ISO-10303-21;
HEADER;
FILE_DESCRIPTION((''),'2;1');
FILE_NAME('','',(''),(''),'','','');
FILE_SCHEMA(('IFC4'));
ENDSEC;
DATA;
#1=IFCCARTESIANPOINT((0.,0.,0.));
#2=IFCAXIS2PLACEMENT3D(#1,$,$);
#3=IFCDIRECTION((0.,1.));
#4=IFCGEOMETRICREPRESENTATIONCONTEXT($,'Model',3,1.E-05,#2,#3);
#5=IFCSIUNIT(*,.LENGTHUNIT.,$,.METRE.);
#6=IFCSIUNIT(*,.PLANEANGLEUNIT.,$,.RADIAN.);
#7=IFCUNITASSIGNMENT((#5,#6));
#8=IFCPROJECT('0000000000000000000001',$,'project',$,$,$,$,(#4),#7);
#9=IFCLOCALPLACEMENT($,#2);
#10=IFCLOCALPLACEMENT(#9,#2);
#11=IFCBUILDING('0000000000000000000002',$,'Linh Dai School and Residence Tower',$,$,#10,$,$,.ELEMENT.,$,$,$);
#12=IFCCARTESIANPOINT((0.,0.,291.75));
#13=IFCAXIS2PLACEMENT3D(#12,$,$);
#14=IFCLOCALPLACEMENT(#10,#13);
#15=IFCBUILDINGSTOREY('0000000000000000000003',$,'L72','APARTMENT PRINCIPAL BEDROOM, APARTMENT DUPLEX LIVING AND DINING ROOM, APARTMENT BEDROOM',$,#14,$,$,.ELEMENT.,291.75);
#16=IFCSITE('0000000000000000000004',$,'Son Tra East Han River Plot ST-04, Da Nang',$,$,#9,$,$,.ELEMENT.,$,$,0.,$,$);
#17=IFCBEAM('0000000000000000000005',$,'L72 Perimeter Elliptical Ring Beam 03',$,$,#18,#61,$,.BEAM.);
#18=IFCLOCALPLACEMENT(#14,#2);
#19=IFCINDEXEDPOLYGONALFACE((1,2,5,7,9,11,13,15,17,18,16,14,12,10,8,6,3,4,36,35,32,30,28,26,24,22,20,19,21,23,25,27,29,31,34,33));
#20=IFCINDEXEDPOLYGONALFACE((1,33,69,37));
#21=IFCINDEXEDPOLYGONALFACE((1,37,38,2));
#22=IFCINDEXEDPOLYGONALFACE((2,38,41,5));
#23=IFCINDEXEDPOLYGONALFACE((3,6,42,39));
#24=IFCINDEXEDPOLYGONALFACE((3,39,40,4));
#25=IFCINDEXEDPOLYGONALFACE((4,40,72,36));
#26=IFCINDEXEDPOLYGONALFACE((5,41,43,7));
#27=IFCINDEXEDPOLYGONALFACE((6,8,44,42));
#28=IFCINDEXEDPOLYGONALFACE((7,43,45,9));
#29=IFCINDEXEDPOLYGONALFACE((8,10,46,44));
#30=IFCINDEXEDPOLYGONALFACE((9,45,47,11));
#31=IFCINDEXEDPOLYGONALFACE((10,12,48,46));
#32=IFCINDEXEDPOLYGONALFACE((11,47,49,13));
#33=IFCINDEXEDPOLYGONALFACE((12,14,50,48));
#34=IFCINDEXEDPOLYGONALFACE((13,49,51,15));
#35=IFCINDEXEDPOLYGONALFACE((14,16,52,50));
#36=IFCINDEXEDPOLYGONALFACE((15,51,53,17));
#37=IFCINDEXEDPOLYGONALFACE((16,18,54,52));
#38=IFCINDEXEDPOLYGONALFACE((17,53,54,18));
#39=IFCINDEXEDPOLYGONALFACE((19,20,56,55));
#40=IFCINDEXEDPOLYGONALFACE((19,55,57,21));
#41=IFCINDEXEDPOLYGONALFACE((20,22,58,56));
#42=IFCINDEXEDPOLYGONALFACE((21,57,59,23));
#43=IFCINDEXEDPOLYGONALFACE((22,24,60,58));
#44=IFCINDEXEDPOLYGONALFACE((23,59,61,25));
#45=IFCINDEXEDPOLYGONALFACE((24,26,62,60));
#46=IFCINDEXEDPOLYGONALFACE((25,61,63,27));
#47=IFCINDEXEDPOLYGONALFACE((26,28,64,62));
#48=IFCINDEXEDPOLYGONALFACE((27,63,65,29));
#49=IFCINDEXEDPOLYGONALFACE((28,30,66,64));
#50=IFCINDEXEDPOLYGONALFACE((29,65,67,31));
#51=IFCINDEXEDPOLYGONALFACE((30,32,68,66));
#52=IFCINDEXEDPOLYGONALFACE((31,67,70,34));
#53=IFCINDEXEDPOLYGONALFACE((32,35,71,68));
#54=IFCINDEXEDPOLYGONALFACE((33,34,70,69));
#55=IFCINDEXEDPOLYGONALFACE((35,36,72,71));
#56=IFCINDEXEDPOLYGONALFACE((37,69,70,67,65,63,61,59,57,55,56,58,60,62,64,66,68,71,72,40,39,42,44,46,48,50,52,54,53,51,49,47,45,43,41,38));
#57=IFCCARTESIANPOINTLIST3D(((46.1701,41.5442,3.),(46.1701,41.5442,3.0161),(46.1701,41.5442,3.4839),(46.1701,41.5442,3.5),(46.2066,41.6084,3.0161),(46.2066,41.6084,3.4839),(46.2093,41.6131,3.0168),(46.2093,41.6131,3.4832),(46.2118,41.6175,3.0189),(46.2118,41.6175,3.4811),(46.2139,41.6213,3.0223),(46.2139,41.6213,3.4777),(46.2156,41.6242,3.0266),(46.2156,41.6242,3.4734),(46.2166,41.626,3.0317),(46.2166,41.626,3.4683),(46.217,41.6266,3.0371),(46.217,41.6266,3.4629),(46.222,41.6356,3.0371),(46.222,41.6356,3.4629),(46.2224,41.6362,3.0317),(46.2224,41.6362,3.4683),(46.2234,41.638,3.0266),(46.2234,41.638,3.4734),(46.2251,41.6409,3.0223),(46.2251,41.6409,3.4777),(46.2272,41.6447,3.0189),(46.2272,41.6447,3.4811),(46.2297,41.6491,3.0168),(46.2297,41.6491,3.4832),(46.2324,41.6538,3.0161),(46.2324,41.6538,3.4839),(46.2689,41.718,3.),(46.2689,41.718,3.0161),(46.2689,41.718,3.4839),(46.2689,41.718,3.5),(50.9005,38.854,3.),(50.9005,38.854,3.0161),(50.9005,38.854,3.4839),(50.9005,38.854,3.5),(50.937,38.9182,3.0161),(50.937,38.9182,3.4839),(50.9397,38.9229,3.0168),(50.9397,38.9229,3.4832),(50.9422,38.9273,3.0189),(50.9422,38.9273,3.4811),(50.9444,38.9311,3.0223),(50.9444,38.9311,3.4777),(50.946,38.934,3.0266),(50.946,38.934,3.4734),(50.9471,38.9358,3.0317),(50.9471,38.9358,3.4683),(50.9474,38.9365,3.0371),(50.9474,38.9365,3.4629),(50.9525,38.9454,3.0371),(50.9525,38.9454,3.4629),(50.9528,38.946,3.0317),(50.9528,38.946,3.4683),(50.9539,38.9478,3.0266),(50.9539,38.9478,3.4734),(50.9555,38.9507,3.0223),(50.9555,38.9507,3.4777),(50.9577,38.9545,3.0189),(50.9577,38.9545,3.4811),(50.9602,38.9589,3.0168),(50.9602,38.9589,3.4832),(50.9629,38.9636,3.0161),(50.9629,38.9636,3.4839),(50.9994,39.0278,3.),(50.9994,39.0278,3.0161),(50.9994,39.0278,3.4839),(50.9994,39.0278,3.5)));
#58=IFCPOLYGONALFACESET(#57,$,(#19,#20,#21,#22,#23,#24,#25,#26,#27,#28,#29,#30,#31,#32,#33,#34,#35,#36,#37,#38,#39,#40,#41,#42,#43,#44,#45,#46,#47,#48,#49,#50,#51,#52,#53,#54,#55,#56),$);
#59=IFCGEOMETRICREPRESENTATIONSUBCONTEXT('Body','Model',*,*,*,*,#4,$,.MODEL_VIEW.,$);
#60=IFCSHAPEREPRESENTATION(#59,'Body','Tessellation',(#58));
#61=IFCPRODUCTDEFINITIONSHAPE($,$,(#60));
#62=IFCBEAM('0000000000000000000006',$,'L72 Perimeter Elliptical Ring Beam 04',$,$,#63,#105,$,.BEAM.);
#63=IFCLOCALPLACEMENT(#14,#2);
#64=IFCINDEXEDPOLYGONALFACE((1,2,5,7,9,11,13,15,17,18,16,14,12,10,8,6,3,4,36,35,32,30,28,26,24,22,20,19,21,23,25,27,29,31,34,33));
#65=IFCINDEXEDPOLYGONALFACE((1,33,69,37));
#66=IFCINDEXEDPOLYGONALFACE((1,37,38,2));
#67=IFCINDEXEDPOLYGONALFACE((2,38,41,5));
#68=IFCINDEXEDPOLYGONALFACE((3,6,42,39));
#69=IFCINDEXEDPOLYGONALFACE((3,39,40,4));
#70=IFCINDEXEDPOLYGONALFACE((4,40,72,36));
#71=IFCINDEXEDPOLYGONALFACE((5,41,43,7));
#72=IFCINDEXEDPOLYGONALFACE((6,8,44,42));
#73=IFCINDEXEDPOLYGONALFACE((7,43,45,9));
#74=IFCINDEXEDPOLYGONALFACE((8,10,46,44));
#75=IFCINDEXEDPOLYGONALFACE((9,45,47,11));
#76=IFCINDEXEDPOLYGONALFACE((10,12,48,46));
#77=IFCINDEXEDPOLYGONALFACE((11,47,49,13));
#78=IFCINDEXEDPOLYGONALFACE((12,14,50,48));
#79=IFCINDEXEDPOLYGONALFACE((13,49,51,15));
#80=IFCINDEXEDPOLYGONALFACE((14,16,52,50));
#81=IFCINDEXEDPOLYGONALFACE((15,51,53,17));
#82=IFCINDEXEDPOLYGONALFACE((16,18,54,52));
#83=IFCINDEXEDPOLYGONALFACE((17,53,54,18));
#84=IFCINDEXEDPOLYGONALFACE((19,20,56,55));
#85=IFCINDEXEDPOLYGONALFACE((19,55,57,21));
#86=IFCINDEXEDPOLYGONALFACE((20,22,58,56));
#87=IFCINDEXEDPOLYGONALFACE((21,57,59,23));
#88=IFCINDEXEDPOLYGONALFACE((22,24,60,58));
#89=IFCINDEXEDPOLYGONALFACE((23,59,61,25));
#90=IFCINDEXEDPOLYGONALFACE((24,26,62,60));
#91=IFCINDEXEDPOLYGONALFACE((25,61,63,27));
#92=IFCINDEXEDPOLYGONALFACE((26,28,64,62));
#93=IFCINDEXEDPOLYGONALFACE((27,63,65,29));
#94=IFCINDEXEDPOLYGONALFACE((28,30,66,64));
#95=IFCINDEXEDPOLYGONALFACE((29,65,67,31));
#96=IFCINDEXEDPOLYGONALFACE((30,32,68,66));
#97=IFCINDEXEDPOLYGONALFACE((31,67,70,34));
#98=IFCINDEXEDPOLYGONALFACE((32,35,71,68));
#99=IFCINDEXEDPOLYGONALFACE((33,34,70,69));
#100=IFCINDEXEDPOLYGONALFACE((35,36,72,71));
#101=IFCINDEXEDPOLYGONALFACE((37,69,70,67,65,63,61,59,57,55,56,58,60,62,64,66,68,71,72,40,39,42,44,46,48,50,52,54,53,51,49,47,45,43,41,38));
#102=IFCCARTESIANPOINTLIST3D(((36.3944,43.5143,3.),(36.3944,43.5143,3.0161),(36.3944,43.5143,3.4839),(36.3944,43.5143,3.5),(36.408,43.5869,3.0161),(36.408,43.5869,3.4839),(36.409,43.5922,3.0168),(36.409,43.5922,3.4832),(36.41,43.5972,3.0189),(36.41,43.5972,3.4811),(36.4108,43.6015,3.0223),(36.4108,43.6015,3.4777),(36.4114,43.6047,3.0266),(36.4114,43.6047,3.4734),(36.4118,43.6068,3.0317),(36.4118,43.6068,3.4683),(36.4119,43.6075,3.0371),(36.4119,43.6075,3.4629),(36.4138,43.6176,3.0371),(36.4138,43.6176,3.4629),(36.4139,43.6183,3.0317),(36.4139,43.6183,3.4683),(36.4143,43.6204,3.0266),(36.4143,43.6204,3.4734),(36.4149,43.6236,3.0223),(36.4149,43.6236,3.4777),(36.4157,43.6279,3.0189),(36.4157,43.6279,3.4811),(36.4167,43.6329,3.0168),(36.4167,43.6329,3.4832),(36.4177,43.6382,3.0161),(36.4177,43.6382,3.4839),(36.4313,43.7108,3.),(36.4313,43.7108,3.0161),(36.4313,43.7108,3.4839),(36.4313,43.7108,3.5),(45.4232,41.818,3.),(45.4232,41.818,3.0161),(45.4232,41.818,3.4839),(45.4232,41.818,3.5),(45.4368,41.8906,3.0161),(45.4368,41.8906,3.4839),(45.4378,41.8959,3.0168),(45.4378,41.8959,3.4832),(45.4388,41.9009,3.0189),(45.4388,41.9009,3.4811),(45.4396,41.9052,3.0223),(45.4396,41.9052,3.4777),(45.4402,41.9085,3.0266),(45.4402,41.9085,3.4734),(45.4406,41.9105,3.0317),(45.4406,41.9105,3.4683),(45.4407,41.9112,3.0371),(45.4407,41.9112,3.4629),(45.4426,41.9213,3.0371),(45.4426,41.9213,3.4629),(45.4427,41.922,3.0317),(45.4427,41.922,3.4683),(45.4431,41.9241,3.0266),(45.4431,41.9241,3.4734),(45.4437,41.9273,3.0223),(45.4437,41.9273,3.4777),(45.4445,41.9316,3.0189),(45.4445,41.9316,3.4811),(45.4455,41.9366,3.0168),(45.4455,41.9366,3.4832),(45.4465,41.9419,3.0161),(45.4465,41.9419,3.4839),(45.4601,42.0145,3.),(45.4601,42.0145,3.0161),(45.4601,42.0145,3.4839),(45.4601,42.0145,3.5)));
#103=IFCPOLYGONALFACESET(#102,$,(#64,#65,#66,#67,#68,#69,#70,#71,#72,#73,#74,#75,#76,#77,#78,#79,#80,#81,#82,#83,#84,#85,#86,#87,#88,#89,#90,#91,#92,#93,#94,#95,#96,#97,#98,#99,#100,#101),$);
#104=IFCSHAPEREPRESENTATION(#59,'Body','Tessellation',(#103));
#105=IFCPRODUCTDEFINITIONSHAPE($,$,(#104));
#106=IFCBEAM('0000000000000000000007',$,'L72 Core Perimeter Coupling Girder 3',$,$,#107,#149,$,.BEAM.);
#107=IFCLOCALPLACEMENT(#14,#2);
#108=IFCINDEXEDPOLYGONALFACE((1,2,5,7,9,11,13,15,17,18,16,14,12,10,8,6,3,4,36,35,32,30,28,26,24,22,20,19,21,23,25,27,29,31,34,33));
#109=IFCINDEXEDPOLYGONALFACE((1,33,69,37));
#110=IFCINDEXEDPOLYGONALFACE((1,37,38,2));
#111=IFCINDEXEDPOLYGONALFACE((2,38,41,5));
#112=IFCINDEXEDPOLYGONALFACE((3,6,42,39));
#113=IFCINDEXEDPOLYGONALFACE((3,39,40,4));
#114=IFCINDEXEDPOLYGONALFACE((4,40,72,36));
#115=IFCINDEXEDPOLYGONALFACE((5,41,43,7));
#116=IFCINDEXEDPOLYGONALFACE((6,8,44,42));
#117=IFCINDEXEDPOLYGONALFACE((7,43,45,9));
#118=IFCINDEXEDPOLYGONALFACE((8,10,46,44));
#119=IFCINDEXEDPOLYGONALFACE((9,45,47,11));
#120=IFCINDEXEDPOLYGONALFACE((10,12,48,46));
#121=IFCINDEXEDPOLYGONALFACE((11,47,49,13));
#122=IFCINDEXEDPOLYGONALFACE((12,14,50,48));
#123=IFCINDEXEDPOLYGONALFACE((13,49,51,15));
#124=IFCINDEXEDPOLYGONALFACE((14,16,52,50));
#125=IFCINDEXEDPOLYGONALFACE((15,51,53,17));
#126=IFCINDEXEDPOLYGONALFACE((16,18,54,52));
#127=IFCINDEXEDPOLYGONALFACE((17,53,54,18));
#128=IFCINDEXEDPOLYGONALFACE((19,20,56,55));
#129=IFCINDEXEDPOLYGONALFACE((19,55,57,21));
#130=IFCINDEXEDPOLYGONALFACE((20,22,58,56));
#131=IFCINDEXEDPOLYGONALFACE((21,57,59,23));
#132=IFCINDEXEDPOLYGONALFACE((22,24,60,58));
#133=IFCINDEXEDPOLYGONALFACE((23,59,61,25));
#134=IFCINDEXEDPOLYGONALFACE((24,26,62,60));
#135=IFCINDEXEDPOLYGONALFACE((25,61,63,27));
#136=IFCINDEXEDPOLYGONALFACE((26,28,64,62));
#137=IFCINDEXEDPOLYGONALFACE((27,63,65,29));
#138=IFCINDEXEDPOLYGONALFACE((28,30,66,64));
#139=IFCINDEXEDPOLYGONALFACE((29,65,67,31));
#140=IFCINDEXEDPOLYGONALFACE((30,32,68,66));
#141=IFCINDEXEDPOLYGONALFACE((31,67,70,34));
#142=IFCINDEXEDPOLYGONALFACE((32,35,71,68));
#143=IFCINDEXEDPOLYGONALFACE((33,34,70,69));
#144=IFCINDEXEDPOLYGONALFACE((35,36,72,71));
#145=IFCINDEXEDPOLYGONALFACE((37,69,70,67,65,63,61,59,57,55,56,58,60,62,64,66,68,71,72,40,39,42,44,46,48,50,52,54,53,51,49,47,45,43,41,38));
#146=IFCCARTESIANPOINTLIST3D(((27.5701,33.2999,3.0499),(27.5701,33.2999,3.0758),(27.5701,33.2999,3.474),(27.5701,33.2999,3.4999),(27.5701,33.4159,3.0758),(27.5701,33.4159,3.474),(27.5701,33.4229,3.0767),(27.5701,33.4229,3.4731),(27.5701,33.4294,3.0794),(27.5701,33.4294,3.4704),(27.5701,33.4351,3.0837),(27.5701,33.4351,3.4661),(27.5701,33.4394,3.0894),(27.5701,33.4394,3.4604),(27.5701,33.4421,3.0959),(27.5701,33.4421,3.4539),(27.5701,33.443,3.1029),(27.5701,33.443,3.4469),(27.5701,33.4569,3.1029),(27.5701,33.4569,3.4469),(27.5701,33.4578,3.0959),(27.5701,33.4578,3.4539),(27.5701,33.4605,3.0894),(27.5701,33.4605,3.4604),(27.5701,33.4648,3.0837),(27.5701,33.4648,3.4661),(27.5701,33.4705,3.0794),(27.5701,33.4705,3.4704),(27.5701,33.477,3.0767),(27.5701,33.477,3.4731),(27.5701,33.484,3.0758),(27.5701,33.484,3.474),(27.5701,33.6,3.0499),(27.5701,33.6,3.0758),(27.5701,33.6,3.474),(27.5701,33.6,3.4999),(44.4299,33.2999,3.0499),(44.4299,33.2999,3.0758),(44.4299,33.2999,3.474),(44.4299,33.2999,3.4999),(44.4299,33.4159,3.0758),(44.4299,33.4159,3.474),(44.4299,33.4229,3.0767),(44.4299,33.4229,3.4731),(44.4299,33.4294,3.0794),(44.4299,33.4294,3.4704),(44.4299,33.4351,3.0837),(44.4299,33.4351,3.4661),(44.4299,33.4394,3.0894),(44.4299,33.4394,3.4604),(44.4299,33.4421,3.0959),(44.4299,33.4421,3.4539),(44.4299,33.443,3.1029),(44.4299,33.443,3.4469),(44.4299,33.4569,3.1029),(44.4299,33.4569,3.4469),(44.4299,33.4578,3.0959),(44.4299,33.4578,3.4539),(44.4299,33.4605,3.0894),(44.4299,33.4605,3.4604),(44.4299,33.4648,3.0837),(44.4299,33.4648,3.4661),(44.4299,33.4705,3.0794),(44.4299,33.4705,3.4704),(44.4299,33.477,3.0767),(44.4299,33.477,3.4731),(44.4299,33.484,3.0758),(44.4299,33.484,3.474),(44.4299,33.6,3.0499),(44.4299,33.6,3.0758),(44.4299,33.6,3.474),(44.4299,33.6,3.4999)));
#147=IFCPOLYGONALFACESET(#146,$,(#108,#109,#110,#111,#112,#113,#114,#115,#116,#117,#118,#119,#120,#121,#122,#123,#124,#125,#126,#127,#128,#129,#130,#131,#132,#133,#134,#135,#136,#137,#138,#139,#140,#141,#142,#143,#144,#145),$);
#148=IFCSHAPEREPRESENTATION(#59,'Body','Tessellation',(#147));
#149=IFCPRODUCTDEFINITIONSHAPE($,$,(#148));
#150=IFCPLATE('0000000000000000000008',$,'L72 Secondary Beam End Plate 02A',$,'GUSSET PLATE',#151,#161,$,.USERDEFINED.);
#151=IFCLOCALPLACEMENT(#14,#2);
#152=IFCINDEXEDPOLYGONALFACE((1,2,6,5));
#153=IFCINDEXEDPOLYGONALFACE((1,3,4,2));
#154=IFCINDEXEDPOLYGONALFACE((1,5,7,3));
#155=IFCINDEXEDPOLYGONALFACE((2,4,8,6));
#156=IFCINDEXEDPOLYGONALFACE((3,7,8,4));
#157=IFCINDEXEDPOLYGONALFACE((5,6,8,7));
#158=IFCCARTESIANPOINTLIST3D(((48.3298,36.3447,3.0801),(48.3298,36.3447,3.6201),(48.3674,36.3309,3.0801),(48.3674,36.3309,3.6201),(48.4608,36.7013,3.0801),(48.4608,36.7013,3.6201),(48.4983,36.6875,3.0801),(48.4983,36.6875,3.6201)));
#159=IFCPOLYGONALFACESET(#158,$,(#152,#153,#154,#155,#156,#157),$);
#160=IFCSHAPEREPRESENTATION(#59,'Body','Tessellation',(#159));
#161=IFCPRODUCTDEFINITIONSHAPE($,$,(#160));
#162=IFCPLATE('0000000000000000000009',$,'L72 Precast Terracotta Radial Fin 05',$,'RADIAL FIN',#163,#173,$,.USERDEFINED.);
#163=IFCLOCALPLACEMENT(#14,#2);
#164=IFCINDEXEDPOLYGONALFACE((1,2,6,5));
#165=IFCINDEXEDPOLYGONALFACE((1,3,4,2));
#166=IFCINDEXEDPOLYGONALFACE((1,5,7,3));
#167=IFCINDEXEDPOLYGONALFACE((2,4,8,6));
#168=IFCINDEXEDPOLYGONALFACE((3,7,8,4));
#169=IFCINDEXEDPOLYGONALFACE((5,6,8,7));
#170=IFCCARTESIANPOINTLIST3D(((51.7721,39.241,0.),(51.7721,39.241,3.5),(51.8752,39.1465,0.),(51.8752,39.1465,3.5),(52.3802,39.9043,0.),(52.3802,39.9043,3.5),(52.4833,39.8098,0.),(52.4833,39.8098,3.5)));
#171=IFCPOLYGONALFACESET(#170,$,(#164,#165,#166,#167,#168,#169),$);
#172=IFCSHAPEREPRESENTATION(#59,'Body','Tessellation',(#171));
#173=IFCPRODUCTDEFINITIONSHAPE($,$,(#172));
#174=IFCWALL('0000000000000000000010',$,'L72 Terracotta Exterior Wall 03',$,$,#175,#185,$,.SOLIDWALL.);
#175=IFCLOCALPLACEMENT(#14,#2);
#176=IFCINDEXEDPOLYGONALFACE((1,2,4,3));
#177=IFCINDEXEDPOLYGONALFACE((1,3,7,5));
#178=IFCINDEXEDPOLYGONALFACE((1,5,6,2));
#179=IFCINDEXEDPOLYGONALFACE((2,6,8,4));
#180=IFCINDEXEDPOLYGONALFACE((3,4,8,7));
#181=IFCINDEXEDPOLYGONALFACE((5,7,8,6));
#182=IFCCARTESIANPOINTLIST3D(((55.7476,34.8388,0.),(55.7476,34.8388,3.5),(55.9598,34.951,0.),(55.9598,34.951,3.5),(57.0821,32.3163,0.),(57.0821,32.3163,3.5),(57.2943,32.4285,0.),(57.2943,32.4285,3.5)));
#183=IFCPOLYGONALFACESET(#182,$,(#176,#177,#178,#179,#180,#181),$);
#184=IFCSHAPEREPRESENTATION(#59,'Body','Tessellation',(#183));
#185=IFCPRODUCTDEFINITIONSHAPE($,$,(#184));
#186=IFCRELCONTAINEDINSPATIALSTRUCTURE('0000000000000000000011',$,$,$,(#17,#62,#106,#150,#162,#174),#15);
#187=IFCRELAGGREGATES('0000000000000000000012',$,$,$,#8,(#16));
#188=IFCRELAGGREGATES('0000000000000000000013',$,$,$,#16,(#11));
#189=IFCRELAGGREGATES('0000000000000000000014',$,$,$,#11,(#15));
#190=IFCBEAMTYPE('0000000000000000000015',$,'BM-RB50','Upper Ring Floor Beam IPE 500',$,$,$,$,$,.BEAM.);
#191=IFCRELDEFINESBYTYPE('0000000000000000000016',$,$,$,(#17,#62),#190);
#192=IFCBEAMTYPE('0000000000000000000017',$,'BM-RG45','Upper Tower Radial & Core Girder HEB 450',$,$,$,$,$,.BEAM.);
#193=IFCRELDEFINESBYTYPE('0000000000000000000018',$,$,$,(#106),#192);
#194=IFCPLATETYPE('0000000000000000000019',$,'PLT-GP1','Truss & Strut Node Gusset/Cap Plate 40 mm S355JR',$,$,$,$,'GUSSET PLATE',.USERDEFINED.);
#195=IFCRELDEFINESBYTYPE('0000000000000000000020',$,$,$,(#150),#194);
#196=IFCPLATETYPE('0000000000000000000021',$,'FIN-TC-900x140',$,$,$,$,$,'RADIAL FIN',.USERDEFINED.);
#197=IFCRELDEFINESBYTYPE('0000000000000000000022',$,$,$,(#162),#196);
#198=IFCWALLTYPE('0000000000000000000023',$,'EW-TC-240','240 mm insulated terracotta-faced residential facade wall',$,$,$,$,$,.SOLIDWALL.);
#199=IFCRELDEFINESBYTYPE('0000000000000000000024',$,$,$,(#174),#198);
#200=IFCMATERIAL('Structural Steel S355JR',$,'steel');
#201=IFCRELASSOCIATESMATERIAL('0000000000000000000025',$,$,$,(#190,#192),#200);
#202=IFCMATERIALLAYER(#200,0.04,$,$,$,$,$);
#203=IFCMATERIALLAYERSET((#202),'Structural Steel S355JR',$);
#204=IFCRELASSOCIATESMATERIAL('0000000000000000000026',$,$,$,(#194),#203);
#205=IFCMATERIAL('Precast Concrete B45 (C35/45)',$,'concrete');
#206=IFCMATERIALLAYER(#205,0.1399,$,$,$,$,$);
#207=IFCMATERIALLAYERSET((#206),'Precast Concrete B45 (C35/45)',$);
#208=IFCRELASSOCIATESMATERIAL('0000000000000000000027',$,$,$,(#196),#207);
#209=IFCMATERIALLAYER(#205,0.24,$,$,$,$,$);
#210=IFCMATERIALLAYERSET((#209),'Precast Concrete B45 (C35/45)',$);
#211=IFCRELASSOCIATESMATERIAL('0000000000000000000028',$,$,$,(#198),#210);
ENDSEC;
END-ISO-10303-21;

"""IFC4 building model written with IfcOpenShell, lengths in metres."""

from ifc_helpers import new_model, si_unit, direction, frame, frame_2d, origin, origin_2d, place, context, subcontext, project, spatial, rectangle, i_section, extrude, source, transform, mapped, material, layer, layer_set, material_profile, profile_set, type_object, element, save


model = new_model("IFC4")

# Units and contexts
model_context = context("Model", 3, precision=1e-05, world=origin(), true_north=direction((0.0, 1.0)))
body_context = subcontext(model_context, "Body", "Model", "MODEL_VIEW")
ifc_project = project(units=[si_unit("LENGTHUNIT", "METRE"), si_unit("PLANEANGLEUNIT", "RADIAN")], contexts=[model_context])

# Site, building, storey
site_placement = place(None, origin())
site = spatial("IfcSite", under=ifc_project, at=site_placement, Name="Son Tra East Han River Plot ST-04, Da Nang", CompositionType="ELEMENT", RefElevation=0.0)
building_placement = place(site_placement, origin())
building = spatial("IfcBuilding", under=site, at=building_placement, Name="Linh Dai School and Residence Tower", CompositionType="ELEMENT")
storey_placement = place(building_placement, frame((0.0, 0.0, 291.75)))
storey = spatial("IfcBuildingStorey", under=building, at=storey_placement, Name="L72", Description="APARTMENT PRINCIPAL BEDROOM, APARTMENT DUPLEX LIVING AND DINING ROOM, APARTMENT BEDROOM", CompositionType="ELEMENT", Elevation=291.75)

# Shared definitions
ifc_material_1 = material(Name="Structural Steel S355JR", Category="steel")

# Beams
ifc_material_profile_1 = material_profile(ifc_material_1, i_section(OverallWidth=0.2, OverallDepth=0.5, WebThickness=0.0103, FlangeThickness=0.0161, FilletRadius=0.021, at=origin_2d()), Name="IPE 500")
ifc_profile_set_1 = profile_set([ifc_material_profile_1], Name="Structural Steel S355JR")
beam_type_1 = type_object("IfcBeamType", Name="BM-RB50", Description="Upper Ring Floor Beam IPE 500", PredefinedType="BEAM", material=ifc_profile_set_1)
beam_1_placement = place(storey_placement, frame((50.95, 38.9409, 3.25), z_axis=(-0.869266, 0.494345, 0.0), x_axis=(-0.494345, -0.869266, 0.0)))
element("IfcBeam", 1, at=beam_1_placement, inside=storey, type_object=beam_type_1, Name="L72 Perimeter Elliptical Ring Beam 03", PredefinedType="BEAM", context=body_context, shape_type="SweptSolid", body=[
    extrude(i_section(OverallWidth=0.2, OverallDepth=0.5, WebThickness=0.0103, FlangeThickness=0.0161, FilletRadius=0.021, at=origin_2d()), origin(), (0.0, 0.0, 1.0), 5.4419),
])
beam_2_placement = place(storey_placement, frame((45.4417, 41.9163, 3.25), z_axis=(-0.982805, 0.184645, 0.0), x_axis=(-0.184645, -0.982805, 0.0)))
element("IfcBeam", 2, at=beam_2_placement, inside=storey, type_object=beam_type_1, Name="L72 Perimeter Elliptical Ring Beam 04", PredefinedType="BEAM", context=body_context, shape_type="SweptSolid", body=[
    extrude(i_section(OverallWidth=0.2, OverallDepth=0.5, WebThickness=0.0103, FlangeThickness=0.0161, FilletRadius=0.021, at=origin_2d()), origin(), (0.0, 0.0, 1.0), 9.1868),
])
ifc_material_profile_2 = material_profile(ifc_material_1, i_section(OverallWidth=0.3, OverallDepth=0.45, WebThickness=0.0139, FlangeThickness=0.0259, FilletRadius=0.0271, at=origin_2d()), Name="HEB 450")
ifc_profile_set_2 = profile_set([ifc_material_profile_2], Name="Structural Steel S355JR")
beam_type_2 = type_object("IfcBeamType", Name="BM-RG45", Description="Upper Tower Radial & Core Girder HEB 450", PredefinedType="BEAM", material=ifc_profile_set_2)
beam_3_placement = place(storey_placement, frame((44.4299, 33.45, 3.2749), z_axis=(-1.0, 0.0, 0.0), x_axis=(0.0, -1.0, 0.0)))
element("IfcBeam", 3, at=beam_3_placement, inside=storey, type_object=beam_type_2, Name="L72 Core Perimeter Coupling Girder 3", PredefinedType="BEAM", context=body_context, shape_type="SweptSolid", body=[
    extrude(i_section(OverallWidth=0.3, OverallDepth=0.45, WebThickness=0.0139, FlangeThickness=0.0259, FilletRadius=0.0271, at=origin_2d()), origin(), (0.0, 0.0, 1.0), 16.8599),
])

# Plates
ifc_layer_1 = layer(ifc_material_1, 0.04)
ifc_layer_set_1 = layer_set([ifc_layer_1], Name="Structural Steel S355JR")
plate_type_1 = type_object("IfcPlateType", Name="PLT-GP1", Description="Truss & Strut Node Gusset/Cap Plate 40 mm S355JR", ElementType="GUSSET PLATE", PredefinedType="USERDEFINED", material=ifc_layer_set_1)
shared_shape_1 = source(origin(), body_context, "Body", "SweptSolid", [
    extrude(rectangle(XDim=0.04, YDim=0.3799, at=origin_2d()), origin(), (0.0, 0.0, 1.0), 0.54),
])
plate_1_placement = place(storey_placement, frame((48.4141, 36.5161, 3.0801), z_axis=(0.0, 0.0, 1.0), x_axis=(-0.938695, 0.344748, 0.0)))
element("IfcPlate", 4, at=plate_1_placement, inside=storey, type_object=plate_type_1, Name="L72 Secondary Beam End Plate 02A", ObjectType="GUSSET PLATE", PredefinedType="USERDEFINED", context=body_context, shape_type="MappedRepresentation", body=[
    mapped(shared_shape_1, transform((0.0, 0.0, 0.0), x_axis=(1.0, 0.0, 0.0), y_axis=(0.0, 1.0, 0.0), z_axis=(0.0, 0.0, 1.0), scale=1.0)),
])
ifc_material_2 = material(Name="Precast Concrete B45 (C35/45)", Category="concrete")
ifc_layer_2 = layer(ifc_material_2, 0.1399)
ifc_layer_set_2 = layer_set([ifc_layer_2], Name="Precast Concrete B45 (C35/45)")
plate_type_2 = type_object("IfcPlateType", Name="FIN-TC-900x140", ElementType="RADIAL FIN", PredefinedType="USERDEFINED", material=ifc_layer_set_2)
shared_shape_2 = source(origin(), body_context, "Body", "SweptSolid", [
    extrude(rectangle(XDim=0.8999, YDim=0.1399, at=origin_2d()), origin(), (0.0, 0.0, 1.0), 3.5),
])
plate_2_placement = place(storey_placement, frame((52.1277, 39.5254, 0.0), z_axis=(0.0, 0.0, 1.0), x_axis=(0.675777, 0.737106, 0.0)))
element("IfcPlate", 5, at=plate_2_placement, inside=storey, type_object=plate_type_2, Name="L72 Precast Terracotta Radial Fin 05", ObjectType="RADIAL FIN", PredefinedType="USERDEFINED", context=body_context, shape_type="MappedRepresentation", body=[
    mapped(shared_shape_2, transform((0.0, 0.0, 0.0), x_axis=(1.0, 0.0, 0.0), y_axis=(0.0, 1.0, 0.0), z_axis=(0.0, 0.0, 1.0), scale=1.0)),
])

# Wall
ifc_layer_3 = layer(ifc_material_2, 0.24)
ifc_layer_set_3 = layer_set([ifc_layer_3], Name="Precast Concrete B45 (C35/45)")
wall_type_1 = type_object("IfcWallType", Name="EW-TC-240", Description="240 mm insulated terracotta-faced residential facade wall", PredefinedType="SOLIDWALL", material=ifc_layer_set_3)
wall_1_placement = place(storey_placement, frame((55.8538, 34.8948, 0.0), z_axis=(0.0, 0.0, 1.0), x_axis=(0.467628, -0.883925, 0.0)))
element("IfcWall", 6, at=wall_1_placement, inside=storey, type_object=wall_type_1, Name="L72 Terracotta Exterior Wall 03", PredefinedType="SOLIDWALL", context=body_context, shape_type="SweptSolid", body=[
    extrude(rectangle(XDim=2.8538, YDim=0.24, at=frame_2d((1.4268, 0.0))), origin(), (0.0, 0.0, 1.0), 3.5),
])

save(model, "model.ifc")
